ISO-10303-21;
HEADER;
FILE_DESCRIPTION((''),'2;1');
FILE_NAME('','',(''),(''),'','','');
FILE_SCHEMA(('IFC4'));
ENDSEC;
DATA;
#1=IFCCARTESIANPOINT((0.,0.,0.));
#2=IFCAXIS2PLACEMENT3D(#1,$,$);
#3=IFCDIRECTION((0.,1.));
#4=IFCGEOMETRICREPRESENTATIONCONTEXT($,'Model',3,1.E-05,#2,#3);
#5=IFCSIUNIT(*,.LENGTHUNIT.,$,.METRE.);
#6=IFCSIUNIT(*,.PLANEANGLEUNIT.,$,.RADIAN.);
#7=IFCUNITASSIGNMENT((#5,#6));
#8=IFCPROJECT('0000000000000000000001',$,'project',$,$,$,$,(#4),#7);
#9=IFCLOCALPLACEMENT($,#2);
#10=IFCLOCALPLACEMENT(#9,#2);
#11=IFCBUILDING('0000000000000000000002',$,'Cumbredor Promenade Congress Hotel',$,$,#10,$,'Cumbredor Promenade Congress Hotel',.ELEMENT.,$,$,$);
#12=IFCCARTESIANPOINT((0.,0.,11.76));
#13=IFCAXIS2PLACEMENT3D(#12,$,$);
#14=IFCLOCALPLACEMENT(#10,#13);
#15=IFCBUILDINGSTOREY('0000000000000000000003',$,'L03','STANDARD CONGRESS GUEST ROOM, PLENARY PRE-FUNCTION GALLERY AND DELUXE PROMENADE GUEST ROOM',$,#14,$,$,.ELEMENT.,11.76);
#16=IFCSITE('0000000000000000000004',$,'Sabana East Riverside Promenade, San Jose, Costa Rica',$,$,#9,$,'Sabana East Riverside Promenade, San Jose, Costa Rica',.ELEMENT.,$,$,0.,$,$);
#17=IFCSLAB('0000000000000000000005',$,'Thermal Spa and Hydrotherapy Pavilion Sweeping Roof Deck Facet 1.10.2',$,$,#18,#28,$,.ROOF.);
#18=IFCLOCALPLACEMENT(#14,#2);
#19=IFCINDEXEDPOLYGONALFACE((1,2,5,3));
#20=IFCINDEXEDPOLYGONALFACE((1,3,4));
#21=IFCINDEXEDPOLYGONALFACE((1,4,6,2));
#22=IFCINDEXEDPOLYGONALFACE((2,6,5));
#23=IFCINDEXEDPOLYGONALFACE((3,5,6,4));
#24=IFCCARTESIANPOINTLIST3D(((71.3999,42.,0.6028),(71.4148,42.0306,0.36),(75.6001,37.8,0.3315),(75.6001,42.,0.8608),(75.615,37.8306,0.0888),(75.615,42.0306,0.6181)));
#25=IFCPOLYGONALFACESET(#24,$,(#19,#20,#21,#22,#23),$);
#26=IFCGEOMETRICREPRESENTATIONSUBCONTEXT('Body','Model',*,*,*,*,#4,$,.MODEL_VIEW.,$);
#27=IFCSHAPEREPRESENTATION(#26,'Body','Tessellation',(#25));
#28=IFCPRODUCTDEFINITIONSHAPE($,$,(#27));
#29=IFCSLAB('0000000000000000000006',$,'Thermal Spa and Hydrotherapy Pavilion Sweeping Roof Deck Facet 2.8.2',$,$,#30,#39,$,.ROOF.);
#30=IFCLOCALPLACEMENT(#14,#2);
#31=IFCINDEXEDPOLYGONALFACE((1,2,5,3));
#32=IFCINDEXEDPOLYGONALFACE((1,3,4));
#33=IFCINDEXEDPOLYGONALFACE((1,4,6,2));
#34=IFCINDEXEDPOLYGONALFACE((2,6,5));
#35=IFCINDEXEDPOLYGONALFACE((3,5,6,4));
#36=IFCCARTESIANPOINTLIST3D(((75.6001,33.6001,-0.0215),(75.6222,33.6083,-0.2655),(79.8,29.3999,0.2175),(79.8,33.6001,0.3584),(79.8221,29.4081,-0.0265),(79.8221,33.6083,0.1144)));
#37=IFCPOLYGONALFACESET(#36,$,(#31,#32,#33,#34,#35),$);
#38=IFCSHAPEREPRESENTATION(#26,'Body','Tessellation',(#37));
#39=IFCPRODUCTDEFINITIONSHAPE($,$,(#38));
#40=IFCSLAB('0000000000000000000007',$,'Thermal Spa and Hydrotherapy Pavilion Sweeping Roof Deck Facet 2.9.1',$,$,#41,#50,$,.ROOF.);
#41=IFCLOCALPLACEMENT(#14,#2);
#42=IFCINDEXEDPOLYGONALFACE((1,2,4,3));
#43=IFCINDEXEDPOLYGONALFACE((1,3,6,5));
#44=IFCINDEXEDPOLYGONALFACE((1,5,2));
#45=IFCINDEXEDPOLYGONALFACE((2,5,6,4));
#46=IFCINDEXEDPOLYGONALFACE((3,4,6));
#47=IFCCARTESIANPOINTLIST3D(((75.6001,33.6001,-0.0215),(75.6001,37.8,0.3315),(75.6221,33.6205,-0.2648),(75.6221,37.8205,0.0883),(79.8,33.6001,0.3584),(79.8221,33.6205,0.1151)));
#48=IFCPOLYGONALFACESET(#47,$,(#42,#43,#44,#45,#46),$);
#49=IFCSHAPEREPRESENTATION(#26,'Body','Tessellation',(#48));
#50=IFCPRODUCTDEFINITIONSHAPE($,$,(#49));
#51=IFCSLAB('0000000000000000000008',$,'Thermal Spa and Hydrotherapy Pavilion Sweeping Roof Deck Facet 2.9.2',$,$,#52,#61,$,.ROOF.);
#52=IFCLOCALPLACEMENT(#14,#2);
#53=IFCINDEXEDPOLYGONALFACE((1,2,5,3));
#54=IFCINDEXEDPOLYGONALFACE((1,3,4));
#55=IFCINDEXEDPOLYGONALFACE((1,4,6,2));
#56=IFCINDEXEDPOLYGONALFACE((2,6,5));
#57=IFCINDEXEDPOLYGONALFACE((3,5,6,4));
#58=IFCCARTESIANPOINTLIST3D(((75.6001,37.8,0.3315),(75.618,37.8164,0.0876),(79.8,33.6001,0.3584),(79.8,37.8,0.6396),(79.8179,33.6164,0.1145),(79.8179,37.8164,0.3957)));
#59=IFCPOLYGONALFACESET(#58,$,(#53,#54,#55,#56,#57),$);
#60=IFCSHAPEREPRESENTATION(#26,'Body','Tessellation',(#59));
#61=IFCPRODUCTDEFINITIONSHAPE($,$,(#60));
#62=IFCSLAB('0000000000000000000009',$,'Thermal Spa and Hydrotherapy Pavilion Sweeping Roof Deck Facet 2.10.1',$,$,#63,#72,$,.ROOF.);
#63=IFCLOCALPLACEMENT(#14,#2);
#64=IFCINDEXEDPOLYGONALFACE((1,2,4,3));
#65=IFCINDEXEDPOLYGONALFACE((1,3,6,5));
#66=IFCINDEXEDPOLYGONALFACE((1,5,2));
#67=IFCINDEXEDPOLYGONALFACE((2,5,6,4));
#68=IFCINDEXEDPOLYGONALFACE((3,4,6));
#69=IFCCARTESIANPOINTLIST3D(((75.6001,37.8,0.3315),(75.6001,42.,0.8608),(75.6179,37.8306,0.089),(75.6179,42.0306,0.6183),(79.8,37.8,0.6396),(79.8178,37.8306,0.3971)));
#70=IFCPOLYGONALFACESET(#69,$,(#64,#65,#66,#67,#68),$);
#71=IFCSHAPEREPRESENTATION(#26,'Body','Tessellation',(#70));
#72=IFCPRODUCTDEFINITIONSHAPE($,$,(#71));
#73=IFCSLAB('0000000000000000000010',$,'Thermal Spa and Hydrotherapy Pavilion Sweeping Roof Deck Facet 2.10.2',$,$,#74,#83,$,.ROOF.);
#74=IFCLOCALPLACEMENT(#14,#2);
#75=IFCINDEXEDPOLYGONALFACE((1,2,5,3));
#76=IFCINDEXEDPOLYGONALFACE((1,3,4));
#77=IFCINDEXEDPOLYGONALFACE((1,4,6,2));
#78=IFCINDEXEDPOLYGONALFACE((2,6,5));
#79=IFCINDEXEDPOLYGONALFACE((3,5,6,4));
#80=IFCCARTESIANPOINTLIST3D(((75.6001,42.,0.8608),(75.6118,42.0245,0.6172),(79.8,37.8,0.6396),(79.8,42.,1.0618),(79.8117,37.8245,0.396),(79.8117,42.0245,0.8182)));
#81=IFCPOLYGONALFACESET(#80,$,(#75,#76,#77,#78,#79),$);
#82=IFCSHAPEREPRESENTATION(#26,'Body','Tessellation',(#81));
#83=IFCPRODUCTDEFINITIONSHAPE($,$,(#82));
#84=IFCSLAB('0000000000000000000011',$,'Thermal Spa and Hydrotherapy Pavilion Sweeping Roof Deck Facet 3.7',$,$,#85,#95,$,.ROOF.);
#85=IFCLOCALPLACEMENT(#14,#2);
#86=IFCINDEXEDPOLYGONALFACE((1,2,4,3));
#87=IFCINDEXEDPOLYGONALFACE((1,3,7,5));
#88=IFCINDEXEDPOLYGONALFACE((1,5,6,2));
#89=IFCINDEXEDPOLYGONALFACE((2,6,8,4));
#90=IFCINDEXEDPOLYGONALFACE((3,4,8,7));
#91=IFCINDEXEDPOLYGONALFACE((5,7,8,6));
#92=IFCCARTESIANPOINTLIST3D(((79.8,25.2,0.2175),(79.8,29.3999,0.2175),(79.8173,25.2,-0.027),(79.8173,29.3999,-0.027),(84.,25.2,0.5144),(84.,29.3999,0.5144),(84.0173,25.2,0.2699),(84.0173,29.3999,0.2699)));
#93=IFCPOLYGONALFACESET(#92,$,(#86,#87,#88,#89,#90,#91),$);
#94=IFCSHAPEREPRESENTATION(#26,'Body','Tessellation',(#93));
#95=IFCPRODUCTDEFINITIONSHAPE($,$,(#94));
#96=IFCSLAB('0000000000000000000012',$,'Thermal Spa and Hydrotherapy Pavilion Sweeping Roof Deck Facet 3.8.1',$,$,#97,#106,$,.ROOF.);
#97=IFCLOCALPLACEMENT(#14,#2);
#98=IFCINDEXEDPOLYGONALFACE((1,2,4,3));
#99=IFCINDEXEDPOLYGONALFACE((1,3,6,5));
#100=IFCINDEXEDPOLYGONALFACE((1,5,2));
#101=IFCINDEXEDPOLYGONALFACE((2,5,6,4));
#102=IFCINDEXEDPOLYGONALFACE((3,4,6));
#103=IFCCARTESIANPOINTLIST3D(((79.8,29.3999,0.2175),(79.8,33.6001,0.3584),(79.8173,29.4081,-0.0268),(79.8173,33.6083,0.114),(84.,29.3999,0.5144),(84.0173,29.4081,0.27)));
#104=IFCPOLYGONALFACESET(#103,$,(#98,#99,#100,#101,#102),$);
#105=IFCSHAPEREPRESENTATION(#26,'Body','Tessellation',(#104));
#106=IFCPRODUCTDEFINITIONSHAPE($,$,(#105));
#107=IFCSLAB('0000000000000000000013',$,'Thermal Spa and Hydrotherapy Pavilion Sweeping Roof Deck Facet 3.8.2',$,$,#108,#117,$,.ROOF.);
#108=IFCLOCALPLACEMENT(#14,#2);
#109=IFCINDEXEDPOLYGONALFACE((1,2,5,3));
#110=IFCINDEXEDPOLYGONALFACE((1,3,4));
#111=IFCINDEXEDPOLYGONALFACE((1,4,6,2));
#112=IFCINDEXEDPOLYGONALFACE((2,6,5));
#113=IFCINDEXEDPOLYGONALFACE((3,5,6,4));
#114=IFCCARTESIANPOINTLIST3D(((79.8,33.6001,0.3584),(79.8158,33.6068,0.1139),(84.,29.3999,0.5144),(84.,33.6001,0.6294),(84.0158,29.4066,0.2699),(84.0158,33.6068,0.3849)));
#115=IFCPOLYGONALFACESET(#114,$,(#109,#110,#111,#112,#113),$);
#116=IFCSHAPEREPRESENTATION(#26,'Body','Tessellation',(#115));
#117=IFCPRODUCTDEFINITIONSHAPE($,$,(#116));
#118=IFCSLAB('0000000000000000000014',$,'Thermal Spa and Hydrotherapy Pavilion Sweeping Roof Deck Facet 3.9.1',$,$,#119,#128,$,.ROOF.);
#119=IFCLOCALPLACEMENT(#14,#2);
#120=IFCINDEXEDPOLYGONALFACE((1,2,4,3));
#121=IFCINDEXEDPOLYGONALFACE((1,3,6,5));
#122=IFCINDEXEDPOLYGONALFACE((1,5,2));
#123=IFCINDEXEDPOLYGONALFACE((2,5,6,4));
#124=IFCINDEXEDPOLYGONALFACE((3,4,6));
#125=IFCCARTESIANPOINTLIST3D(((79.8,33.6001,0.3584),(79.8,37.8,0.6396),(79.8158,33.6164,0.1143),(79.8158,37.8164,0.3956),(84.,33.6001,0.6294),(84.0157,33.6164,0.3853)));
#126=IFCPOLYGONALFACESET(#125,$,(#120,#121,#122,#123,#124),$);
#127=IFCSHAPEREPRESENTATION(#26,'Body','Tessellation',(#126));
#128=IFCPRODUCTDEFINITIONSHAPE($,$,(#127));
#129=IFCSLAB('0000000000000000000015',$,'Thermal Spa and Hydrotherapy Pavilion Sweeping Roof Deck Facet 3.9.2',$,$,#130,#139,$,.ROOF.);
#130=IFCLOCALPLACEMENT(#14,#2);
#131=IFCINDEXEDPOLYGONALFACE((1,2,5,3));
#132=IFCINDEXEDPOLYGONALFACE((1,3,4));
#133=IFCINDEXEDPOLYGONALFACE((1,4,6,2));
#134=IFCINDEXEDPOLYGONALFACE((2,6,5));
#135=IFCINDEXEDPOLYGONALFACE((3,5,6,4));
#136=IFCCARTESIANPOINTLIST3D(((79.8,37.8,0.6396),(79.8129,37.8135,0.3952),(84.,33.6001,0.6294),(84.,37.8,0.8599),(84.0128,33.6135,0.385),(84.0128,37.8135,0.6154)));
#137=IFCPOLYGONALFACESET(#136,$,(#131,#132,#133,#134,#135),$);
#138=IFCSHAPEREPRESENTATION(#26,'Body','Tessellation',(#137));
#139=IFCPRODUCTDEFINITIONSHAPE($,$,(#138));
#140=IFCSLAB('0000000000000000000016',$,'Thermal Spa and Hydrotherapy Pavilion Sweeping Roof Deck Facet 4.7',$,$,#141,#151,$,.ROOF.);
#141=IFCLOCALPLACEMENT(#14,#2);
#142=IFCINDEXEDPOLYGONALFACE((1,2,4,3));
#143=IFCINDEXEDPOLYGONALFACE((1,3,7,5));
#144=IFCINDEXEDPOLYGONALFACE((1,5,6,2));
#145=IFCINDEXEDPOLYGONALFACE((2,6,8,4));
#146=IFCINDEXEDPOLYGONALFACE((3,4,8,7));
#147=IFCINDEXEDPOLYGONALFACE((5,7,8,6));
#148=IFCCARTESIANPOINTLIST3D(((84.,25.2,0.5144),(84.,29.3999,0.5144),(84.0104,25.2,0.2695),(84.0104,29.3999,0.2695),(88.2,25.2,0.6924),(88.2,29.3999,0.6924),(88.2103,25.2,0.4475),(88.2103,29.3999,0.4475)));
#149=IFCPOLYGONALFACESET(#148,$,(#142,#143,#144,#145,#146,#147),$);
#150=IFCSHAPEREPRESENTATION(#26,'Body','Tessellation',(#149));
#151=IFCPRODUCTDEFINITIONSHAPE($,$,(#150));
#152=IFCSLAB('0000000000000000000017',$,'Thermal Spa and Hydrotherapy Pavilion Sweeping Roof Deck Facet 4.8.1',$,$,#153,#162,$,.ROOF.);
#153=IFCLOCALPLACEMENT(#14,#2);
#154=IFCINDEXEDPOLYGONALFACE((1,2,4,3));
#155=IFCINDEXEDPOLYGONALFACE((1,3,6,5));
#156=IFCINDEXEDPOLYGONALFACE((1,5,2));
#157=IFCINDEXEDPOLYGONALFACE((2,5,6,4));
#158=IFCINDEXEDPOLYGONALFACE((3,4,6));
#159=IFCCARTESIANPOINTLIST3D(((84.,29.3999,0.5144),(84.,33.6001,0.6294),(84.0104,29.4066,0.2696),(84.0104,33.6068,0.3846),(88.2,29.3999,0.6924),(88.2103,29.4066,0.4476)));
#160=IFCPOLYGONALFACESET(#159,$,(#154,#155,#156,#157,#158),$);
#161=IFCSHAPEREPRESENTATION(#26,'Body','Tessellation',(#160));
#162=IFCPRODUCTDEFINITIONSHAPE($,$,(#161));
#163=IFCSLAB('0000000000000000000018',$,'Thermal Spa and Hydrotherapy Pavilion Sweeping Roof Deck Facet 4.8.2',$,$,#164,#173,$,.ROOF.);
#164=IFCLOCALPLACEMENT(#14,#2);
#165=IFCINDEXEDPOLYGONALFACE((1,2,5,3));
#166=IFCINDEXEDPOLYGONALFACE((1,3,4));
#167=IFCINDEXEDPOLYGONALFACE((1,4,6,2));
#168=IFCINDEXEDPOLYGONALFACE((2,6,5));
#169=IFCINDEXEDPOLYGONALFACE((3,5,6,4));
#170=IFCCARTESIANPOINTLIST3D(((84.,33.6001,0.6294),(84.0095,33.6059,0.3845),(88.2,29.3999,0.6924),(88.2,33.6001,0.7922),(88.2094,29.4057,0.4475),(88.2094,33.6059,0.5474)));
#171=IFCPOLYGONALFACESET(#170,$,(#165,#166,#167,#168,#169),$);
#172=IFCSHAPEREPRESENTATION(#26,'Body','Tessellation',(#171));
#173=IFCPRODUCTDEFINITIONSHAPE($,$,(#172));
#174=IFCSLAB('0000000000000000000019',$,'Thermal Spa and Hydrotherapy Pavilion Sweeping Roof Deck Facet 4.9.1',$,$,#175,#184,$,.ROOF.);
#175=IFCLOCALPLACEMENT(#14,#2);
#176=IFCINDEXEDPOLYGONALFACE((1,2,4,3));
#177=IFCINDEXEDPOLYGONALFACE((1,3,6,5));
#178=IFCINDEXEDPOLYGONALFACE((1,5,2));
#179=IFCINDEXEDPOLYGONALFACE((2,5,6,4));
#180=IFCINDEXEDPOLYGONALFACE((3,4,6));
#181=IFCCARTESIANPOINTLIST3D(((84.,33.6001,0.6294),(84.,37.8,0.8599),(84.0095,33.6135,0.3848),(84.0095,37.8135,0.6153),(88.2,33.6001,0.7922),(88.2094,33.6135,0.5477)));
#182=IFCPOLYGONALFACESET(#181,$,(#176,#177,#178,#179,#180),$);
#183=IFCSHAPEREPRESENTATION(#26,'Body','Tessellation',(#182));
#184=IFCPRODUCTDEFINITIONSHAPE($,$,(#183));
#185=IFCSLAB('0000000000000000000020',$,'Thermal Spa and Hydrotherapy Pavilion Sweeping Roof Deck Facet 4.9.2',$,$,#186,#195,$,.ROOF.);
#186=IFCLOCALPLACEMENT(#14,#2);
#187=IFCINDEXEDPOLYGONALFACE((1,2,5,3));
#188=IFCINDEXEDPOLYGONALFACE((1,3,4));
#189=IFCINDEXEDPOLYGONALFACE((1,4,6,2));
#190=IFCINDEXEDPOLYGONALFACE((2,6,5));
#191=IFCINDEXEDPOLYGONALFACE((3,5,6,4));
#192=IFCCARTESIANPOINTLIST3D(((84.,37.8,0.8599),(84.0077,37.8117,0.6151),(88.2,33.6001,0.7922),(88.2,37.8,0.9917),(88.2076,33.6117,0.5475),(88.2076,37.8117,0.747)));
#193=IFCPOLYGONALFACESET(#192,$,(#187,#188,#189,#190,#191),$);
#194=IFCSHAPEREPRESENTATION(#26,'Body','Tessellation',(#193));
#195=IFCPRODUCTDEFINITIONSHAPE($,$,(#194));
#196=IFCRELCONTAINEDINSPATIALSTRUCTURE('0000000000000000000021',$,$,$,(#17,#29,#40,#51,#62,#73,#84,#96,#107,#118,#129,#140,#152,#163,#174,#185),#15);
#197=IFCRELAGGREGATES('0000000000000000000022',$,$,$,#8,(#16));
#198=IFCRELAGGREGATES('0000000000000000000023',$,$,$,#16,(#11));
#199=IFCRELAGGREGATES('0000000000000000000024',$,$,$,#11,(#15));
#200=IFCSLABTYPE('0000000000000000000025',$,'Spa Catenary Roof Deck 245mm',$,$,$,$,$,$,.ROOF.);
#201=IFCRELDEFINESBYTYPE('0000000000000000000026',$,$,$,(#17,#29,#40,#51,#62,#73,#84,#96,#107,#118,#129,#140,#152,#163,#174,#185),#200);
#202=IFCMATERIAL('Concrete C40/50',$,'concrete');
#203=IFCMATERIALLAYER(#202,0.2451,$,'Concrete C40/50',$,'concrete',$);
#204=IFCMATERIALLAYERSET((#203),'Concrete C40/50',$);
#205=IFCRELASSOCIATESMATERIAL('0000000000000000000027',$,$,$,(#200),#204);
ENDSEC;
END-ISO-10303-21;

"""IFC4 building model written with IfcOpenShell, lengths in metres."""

from ifc_helpers import new_model, si_unit, direction, frame, origin, place, context, subcontext, project, spatial, polyline, outline, extrude, material, layer, layer_set, type_object, element, save


model = new_model("IFC4")

# Units and contexts
model_context = context("Model", 3, precision=1e-05, world=origin(), true_north=direction((0.0, 1.0)))
body_context = subcontext(model_context, "Body", "Model", "MODEL_VIEW")
ifc_project = project(units=[si_unit("LENGTHUNIT", "METRE"), si_unit("PLANEANGLEUNIT", "RADIAN")], contexts=[model_context])

# Site, building, storey
site_placement = place(None, origin())
site = spatial("IfcSite", under=ifc_project, at=site_placement, Name="Sabana East Riverside Promenade, San Jose, Costa Rica", LongName="Sabana East Riverside Promenade, San Jose, Costa Rica", CompositionType="ELEMENT", RefElevation=0.0)
building_placement = place(site_placement, origin())
building = spatial("IfcBuilding", under=site, at=building_placement, Name="Cumbredor Promenade Congress Hotel", LongName="Cumbredor Promenade Congress Hotel", CompositionType="ELEMENT")
storey_placement = place(building_placement, frame((0.0, 0.0, 11.76)))
storey = spatial("IfcBuildingStorey", under=building, at=storey_placement, Name="L03", Description="STANDARD CONGRESS GUEST ROOM, PLENARY PRE-FUNCTION GALLERY AND DELUXE PROMENADE GUEST ROOM", CompositionType="ELEMENT", Elevation=11.76)

# Slabs
ifc_material_1 = material(Name="Concrete C40/50", Category="concrete")
ifc_layer_1 = layer(ifc_material_1, 0.2451, Name="Concrete C40/50", Category="concrete")
ifc_layer_set_1 = layer_set([ifc_layer_1], Name="Concrete C40/50")
slab_type = type_object("IfcSlabType", Name="Spa Catenary Roof Deck 245mm", PredefinedType="ROOF", material=ifc_layer_set_1)
slab_1_placement = place(storey_placement, frame((75.6001, 37.8, 0.3315), z_axis=(-0.060844, -0.124804, 0.990314), x_axis=(0.0, 0.992152, 0.125036)))
element("IfcSlab", 1, at=slab_1_placement, inside=storey, type_object=slab_type, Name="Thermal Spa and Hydrotherapy Pavilion Sweeping Roof Deck Facet 1.10.2", PredefinedType="ROOF", context=body_context, shape_type="SweptSolid", body=[
    extrude(outline(polyline([(0.0, 0.0), (4.2332, 0.0), (4.2009, 4.208), (0.0, 0.0)])), origin(), (0.0, 0.0, -1.0), 0.2451),
])
slab_2_placement = place(storey_placement, frame((79.8, 29.3999, 0.2175), z_axis=(-0.090031, -0.033384, 0.995379), x_axis=(0.0, 0.999438, 0.03352)))
element("IfcSlab", 2, at=slab_2_placement, inside=storey, type_object=slab_type, Name="Thermal Spa and Hydrotherapy Pavilion Sweeping Roof Deck Facet 2.8.2", PredefinedType="ROOF", context=body_context, shape_type="SweptSolid", body=[
    extrude(outline(polyline([(0.0, 0.0), (4.2026, 0.0), (4.1898, 4.2171), (0.0, 0.0)])), origin(), (0.0, 0.0, -1.0), 0.2451),
])
slab_3_placement = place(storey_placement, frame((75.6001, 33.6001, -0.0215), z_axis=(-0.089768, -0.083422, 0.992463), x_axis=(0.995934, 0.0, 0.090082)))
element("IfcSlab", 3, at=slab_3_placement, inside=storey, type_object=slab_type, Name="Thermal Spa and Hydrotherapy Pavilion Sweeping Roof Deck Facet 2.9.1", PredefinedType="ROOF", context=body_context, shape_type="SweptSolid", body=[
    extrude(outline(polyline([(0.0, 0.0), (4.2171, 0.0), (0.0318, 4.2146), (0.0, 0.0)])), origin(), (0.0, 0.0, -1.0), 0.2451),
])
slab_4_placement = place(storey_placement, frame((79.8, 33.6001, 0.3584), z_axis=(-0.073, -0.066637, 0.995103), x_axis=(0.0, 0.997765, 0.066815)))
element("IfcSlab", 4, at=slab_4_placement, inside=storey, type_object=slab_type, Name="Thermal Spa and Hydrotherapy Pavilion Sweeping Roof Deck Facet 2.9.2", PredefinedType="ROOF", context=body_context, shape_type="SweptSolid", body=[
    extrude(outline(polyline([(0.0, 0.0), (4.2094, 0.0), (4.1888, 4.2112), (0.0, 0.0)])), origin(), (0.0, 0.0, -1.0), 0.2451),
])
slab_5_placement = place(storey_placement, frame((75.6001, 37.8, 0.3315), z_axis=(-0.072592, -0.124706, 0.989535), x_axis=(0.99732, 0.0, 0.073163)))
element("IfcSlab", 5, at=slab_5_placement, inside=storey, type_object=slab_type, Name="Thermal Spa and Hydrotherapy Pavilion Sweeping Roof Deck Facet 2.10.1", PredefinedType="ROOF", context=body_context, shape_type="SweptSolid", body=[
    extrude(outline(polyline([(0.0, 0.0), (4.2112, 0.0), (0.0387, 4.233), (0.0, 0.0)])), origin(), (0.0, 0.0, -1.0), 0.2451),
])
slab_6_placement = place(storey_placement, frame((79.8, 37.8, 0.6396), z_axis=(-0.047547, -0.099889, 0.993862), x_axis=(0.0, 0.994987, 0.100002)))
element("IfcSlab", 6, at=slab_6_placement, inside=storey, type_object=slab_type, Name="Thermal Spa and Hydrotherapy Pavilion Sweeping Roof Deck Facet 2.10.2", PredefinedType="ROOF", context=body_context, shape_type="SweptSolid", body=[
    extrude(outline(polyline([(0.0, 0.0), (4.2211, 0.0), (4.201, 4.2047), (0.0, 0.0)])), origin(), (0.0, 0.0, -1.0), 0.2451),
])
slab_7_placement = place(storey_placement, frame((79.8, 25.2, 0.2175), z_axis=(-0.070509, 0.0, 0.997511), x_axis=(0.997511, 0.0, 0.070509)))
element("IfcSlab", 7, at=slab_7_placement, inside=storey, type_object=slab_type, Name="Thermal Spa and Hydrotherapy Pavilion Sweeping Roof Deck Facet 3.7", PredefinedType="ROOF", context=body_context, shape_type="SweptSolid", body=[
    extrude(outline(polyline([(0.0, 0.0), (4.2104, 0.0), (4.2104, 4.2), (0.0, 4.2), (0.0, 0.0)])), origin(), (0.0, 0.0, -1.0), 0.2451),
])
slab_8_placement = place(storey_placement, frame((79.8, 29.3999, 0.2175), z_axis=(-0.07047, -0.033437, 0.996953), x_axis=(0.997511, 0.0, 0.070509)))
element("IfcSlab", 8, at=slab_8_placement, inside=storey, type_object=slab_type, Name="Thermal Spa and Hydrotherapy Pavilion Sweeping Roof Deck Facet 3.8.1", PredefinedType="ROOF", context=body_context, shape_type="SweptSolid", body=[
    extrude(outline(polyline([(0.0, 0.0), (4.2104, 0.0), (0.0099, 4.2025), (0.0, 0.0)])), origin(), (0.0, 0.0, -1.0), 0.2451),
])
slab_9_placement = place(storey_placement, frame((84.0, 29.3999, 0.5144), z_axis=(-0.064366, -0.02731, 0.997553), x_axis=(0.0, 0.999625, 0.027367)))
element("IfcSlab", 9, at=slab_9_placement, inside=storey, type_object=slab_type, Name="Thermal Spa and Hydrotherapy Pavilion Sweeping Roof Deck Facet 3.8.2", PredefinedType="ROOF", context=body_context, shape_type="SweptSolid", body=[
    extrude(outline(polyline([(0.0, 0.0), (4.2018, 0.0), (4.1944, 4.2087), (0.0, 0.0)])), origin(), (0.0, 0.0, -1.0), 0.2451),
])
slab_10_placement = place(storey_placement, frame((79.8, 33.6001, 0.3584), z_axis=(-0.064246, -0.066677, 0.995704), x_axis=(0.997925, 0.0, 0.06439)))
element("IfcSlab", 10, at=slab_10_placement, inside=storey, type_object=slab_type, Name="Thermal Spa and Hydrotherapy Pavilion Sweeping Roof Deck Facet 3.9.1", PredefinedType="ROOF", context=body_context, shape_type="SweptSolid", body=[
    extrude(outline(polyline([(0.0, 0.0), (4.2087, 0.0), (0.0181, 4.2093), (0.0, 0.0)])), origin(), (0.0, 0.0, -1.0), 0.2451),
])
slab_11_placement = place(storey_placement, frame((84.0, 33.6001, 0.6294), z_axis=(-0.052282, -0.054717, 0.997132), x_axis=(0.0, 0.998498, 0.054792)))
element("IfcSlab", 11, at=slab_11_placement, inside=storey, type_object=slab_type, Name="Thermal Spa and Hydrotherapy Pavilion Sweeping Roof Deck Facet 3.9.2", PredefinedType="ROOF", context=body_context, shape_type="SweptSolid", body=[
    extrude(outline(polyline([(0.0, 0.0), (4.2063, 0.0), (4.1942, 4.2057), (0.0, 0.0)])), origin(), (0.0, 0.0, -1.0), 0.2451),
])
slab_12_placement = place(storey_placement, frame((84.0, 25.2, 0.5144), z_axis=(-0.042338, 0.0, 0.999103), x_axis=(0.999103, 0.0, 0.042338)))
element("IfcSlab", 12, at=slab_12_placement, inside=storey, type_object=slab_type, Name="Thermal Spa and Hydrotherapy Pavilion Sweeping Roof Deck Facet 4.7", PredefinedType="ROOF", context=body_context, shape_type="SweptSolid", body=[
    extrude(outline(polyline([(0.0, 0.0), (4.2037, 0.0), (4.2037, 4.2), (0.0, 4.2), (0.0, 0.0)])), origin(), (0.0, 0.0, -1.0), 0.2451),
])
slab_13_placement = place(storey_placement, frame((84.0, 29.3999, 0.5144), z_axis=(-0.042323, -0.027343, 0.99873), x_axis=(0.999103, 0.0, 0.042338)))
element("IfcSlab", 13, at=slab_13_placement, inside=storey, type_object=slab_type, Name="Thermal Spa and Hydrotherapy Pavilion Sweeping Roof Deck Facet 4.8.1", PredefinedType="ROOF", context=body_context, shape_type="SweptSolid", body=[
    extrude(outline(polyline([(0.0, 0.0), (4.2037, 0.0), (0.0049, 4.2018), (0.0, 0.0)])), origin(), (0.0, 0.0, -1.0), 0.2451),
])
slab_14_placement = place(storey_placement, frame((88.2, 29.3999, 0.6924), z_axis=(-0.038732, -0.023749, 0.998967), x_axis=(0.0, 0.999718, 0.023767)))
element("IfcSlab", 14, at=slab_14_placement, inside=storey, type_object=slab_type, Name="Thermal Spa and Hydrotherapy Pavilion Sweeping Roof Deck Facet 4.8.2", PredefinedType="ROOF", context=body_context, shape_type="SweptSolid", body=[
    extrude(outline(polyline([(0.0, 0.0), (4.2014, 0.0), (4.1975, 4.2031), (0.0, 0.0)])), origin(), (0.0, 0.0, -1.0), 0.2451),
])
slab_15_placement = place(storey_placement, frame((84.0, 33.6001, 0.6294), z_axis=(-0.038685, -0.054751, 0.99775), x_axis=(0.999249, 0.0, 0.038743)))
element("IfcSlab", 15, at=slab_15_placement, inside=storey, type_object=slab_type, Name="Thermal Spa and Hydrotherapy Pavilion Sweeping Roof Deck Facet 4.9.1", PredefinedType="ROOF", context=body_context, shape_type="SweptSolid", body=[
    extrude(outline(polyline([(0.0, 0.0), (4.2031, 0.0), (0.0089, 4.2063), (0.0, 0.0)])), origin(), (0.0, 0.0, -1.0), 0.2451),
])
slab_16_placement = place(storey_placement, frame((88.2, 33.6001, 0.7922), z_axis=(-0.031339, -0.047415, 0.998384), x_axis=(0.0, 0.998874, 0.047438)))
element("IfcSlab", 16, at=slab_16_placement, inside=storey, type_object=slab_type, Name="Thermal Spa and Hydrotherapy Pavilion Sweeping Roof Deck Facet 4.9.2", PredefinedType="ROOF", context=body_context, shape_type="SweptSolid", body=[
    extrude(outline(polyline([(0.0, 0.0), (4.2047, 0.0), (4.1984, 4.202), (0.0, 0.0)])), origin(), (0.0, 0.0, -1.0), 0.2451),
])

save(model, "model.ifc")
